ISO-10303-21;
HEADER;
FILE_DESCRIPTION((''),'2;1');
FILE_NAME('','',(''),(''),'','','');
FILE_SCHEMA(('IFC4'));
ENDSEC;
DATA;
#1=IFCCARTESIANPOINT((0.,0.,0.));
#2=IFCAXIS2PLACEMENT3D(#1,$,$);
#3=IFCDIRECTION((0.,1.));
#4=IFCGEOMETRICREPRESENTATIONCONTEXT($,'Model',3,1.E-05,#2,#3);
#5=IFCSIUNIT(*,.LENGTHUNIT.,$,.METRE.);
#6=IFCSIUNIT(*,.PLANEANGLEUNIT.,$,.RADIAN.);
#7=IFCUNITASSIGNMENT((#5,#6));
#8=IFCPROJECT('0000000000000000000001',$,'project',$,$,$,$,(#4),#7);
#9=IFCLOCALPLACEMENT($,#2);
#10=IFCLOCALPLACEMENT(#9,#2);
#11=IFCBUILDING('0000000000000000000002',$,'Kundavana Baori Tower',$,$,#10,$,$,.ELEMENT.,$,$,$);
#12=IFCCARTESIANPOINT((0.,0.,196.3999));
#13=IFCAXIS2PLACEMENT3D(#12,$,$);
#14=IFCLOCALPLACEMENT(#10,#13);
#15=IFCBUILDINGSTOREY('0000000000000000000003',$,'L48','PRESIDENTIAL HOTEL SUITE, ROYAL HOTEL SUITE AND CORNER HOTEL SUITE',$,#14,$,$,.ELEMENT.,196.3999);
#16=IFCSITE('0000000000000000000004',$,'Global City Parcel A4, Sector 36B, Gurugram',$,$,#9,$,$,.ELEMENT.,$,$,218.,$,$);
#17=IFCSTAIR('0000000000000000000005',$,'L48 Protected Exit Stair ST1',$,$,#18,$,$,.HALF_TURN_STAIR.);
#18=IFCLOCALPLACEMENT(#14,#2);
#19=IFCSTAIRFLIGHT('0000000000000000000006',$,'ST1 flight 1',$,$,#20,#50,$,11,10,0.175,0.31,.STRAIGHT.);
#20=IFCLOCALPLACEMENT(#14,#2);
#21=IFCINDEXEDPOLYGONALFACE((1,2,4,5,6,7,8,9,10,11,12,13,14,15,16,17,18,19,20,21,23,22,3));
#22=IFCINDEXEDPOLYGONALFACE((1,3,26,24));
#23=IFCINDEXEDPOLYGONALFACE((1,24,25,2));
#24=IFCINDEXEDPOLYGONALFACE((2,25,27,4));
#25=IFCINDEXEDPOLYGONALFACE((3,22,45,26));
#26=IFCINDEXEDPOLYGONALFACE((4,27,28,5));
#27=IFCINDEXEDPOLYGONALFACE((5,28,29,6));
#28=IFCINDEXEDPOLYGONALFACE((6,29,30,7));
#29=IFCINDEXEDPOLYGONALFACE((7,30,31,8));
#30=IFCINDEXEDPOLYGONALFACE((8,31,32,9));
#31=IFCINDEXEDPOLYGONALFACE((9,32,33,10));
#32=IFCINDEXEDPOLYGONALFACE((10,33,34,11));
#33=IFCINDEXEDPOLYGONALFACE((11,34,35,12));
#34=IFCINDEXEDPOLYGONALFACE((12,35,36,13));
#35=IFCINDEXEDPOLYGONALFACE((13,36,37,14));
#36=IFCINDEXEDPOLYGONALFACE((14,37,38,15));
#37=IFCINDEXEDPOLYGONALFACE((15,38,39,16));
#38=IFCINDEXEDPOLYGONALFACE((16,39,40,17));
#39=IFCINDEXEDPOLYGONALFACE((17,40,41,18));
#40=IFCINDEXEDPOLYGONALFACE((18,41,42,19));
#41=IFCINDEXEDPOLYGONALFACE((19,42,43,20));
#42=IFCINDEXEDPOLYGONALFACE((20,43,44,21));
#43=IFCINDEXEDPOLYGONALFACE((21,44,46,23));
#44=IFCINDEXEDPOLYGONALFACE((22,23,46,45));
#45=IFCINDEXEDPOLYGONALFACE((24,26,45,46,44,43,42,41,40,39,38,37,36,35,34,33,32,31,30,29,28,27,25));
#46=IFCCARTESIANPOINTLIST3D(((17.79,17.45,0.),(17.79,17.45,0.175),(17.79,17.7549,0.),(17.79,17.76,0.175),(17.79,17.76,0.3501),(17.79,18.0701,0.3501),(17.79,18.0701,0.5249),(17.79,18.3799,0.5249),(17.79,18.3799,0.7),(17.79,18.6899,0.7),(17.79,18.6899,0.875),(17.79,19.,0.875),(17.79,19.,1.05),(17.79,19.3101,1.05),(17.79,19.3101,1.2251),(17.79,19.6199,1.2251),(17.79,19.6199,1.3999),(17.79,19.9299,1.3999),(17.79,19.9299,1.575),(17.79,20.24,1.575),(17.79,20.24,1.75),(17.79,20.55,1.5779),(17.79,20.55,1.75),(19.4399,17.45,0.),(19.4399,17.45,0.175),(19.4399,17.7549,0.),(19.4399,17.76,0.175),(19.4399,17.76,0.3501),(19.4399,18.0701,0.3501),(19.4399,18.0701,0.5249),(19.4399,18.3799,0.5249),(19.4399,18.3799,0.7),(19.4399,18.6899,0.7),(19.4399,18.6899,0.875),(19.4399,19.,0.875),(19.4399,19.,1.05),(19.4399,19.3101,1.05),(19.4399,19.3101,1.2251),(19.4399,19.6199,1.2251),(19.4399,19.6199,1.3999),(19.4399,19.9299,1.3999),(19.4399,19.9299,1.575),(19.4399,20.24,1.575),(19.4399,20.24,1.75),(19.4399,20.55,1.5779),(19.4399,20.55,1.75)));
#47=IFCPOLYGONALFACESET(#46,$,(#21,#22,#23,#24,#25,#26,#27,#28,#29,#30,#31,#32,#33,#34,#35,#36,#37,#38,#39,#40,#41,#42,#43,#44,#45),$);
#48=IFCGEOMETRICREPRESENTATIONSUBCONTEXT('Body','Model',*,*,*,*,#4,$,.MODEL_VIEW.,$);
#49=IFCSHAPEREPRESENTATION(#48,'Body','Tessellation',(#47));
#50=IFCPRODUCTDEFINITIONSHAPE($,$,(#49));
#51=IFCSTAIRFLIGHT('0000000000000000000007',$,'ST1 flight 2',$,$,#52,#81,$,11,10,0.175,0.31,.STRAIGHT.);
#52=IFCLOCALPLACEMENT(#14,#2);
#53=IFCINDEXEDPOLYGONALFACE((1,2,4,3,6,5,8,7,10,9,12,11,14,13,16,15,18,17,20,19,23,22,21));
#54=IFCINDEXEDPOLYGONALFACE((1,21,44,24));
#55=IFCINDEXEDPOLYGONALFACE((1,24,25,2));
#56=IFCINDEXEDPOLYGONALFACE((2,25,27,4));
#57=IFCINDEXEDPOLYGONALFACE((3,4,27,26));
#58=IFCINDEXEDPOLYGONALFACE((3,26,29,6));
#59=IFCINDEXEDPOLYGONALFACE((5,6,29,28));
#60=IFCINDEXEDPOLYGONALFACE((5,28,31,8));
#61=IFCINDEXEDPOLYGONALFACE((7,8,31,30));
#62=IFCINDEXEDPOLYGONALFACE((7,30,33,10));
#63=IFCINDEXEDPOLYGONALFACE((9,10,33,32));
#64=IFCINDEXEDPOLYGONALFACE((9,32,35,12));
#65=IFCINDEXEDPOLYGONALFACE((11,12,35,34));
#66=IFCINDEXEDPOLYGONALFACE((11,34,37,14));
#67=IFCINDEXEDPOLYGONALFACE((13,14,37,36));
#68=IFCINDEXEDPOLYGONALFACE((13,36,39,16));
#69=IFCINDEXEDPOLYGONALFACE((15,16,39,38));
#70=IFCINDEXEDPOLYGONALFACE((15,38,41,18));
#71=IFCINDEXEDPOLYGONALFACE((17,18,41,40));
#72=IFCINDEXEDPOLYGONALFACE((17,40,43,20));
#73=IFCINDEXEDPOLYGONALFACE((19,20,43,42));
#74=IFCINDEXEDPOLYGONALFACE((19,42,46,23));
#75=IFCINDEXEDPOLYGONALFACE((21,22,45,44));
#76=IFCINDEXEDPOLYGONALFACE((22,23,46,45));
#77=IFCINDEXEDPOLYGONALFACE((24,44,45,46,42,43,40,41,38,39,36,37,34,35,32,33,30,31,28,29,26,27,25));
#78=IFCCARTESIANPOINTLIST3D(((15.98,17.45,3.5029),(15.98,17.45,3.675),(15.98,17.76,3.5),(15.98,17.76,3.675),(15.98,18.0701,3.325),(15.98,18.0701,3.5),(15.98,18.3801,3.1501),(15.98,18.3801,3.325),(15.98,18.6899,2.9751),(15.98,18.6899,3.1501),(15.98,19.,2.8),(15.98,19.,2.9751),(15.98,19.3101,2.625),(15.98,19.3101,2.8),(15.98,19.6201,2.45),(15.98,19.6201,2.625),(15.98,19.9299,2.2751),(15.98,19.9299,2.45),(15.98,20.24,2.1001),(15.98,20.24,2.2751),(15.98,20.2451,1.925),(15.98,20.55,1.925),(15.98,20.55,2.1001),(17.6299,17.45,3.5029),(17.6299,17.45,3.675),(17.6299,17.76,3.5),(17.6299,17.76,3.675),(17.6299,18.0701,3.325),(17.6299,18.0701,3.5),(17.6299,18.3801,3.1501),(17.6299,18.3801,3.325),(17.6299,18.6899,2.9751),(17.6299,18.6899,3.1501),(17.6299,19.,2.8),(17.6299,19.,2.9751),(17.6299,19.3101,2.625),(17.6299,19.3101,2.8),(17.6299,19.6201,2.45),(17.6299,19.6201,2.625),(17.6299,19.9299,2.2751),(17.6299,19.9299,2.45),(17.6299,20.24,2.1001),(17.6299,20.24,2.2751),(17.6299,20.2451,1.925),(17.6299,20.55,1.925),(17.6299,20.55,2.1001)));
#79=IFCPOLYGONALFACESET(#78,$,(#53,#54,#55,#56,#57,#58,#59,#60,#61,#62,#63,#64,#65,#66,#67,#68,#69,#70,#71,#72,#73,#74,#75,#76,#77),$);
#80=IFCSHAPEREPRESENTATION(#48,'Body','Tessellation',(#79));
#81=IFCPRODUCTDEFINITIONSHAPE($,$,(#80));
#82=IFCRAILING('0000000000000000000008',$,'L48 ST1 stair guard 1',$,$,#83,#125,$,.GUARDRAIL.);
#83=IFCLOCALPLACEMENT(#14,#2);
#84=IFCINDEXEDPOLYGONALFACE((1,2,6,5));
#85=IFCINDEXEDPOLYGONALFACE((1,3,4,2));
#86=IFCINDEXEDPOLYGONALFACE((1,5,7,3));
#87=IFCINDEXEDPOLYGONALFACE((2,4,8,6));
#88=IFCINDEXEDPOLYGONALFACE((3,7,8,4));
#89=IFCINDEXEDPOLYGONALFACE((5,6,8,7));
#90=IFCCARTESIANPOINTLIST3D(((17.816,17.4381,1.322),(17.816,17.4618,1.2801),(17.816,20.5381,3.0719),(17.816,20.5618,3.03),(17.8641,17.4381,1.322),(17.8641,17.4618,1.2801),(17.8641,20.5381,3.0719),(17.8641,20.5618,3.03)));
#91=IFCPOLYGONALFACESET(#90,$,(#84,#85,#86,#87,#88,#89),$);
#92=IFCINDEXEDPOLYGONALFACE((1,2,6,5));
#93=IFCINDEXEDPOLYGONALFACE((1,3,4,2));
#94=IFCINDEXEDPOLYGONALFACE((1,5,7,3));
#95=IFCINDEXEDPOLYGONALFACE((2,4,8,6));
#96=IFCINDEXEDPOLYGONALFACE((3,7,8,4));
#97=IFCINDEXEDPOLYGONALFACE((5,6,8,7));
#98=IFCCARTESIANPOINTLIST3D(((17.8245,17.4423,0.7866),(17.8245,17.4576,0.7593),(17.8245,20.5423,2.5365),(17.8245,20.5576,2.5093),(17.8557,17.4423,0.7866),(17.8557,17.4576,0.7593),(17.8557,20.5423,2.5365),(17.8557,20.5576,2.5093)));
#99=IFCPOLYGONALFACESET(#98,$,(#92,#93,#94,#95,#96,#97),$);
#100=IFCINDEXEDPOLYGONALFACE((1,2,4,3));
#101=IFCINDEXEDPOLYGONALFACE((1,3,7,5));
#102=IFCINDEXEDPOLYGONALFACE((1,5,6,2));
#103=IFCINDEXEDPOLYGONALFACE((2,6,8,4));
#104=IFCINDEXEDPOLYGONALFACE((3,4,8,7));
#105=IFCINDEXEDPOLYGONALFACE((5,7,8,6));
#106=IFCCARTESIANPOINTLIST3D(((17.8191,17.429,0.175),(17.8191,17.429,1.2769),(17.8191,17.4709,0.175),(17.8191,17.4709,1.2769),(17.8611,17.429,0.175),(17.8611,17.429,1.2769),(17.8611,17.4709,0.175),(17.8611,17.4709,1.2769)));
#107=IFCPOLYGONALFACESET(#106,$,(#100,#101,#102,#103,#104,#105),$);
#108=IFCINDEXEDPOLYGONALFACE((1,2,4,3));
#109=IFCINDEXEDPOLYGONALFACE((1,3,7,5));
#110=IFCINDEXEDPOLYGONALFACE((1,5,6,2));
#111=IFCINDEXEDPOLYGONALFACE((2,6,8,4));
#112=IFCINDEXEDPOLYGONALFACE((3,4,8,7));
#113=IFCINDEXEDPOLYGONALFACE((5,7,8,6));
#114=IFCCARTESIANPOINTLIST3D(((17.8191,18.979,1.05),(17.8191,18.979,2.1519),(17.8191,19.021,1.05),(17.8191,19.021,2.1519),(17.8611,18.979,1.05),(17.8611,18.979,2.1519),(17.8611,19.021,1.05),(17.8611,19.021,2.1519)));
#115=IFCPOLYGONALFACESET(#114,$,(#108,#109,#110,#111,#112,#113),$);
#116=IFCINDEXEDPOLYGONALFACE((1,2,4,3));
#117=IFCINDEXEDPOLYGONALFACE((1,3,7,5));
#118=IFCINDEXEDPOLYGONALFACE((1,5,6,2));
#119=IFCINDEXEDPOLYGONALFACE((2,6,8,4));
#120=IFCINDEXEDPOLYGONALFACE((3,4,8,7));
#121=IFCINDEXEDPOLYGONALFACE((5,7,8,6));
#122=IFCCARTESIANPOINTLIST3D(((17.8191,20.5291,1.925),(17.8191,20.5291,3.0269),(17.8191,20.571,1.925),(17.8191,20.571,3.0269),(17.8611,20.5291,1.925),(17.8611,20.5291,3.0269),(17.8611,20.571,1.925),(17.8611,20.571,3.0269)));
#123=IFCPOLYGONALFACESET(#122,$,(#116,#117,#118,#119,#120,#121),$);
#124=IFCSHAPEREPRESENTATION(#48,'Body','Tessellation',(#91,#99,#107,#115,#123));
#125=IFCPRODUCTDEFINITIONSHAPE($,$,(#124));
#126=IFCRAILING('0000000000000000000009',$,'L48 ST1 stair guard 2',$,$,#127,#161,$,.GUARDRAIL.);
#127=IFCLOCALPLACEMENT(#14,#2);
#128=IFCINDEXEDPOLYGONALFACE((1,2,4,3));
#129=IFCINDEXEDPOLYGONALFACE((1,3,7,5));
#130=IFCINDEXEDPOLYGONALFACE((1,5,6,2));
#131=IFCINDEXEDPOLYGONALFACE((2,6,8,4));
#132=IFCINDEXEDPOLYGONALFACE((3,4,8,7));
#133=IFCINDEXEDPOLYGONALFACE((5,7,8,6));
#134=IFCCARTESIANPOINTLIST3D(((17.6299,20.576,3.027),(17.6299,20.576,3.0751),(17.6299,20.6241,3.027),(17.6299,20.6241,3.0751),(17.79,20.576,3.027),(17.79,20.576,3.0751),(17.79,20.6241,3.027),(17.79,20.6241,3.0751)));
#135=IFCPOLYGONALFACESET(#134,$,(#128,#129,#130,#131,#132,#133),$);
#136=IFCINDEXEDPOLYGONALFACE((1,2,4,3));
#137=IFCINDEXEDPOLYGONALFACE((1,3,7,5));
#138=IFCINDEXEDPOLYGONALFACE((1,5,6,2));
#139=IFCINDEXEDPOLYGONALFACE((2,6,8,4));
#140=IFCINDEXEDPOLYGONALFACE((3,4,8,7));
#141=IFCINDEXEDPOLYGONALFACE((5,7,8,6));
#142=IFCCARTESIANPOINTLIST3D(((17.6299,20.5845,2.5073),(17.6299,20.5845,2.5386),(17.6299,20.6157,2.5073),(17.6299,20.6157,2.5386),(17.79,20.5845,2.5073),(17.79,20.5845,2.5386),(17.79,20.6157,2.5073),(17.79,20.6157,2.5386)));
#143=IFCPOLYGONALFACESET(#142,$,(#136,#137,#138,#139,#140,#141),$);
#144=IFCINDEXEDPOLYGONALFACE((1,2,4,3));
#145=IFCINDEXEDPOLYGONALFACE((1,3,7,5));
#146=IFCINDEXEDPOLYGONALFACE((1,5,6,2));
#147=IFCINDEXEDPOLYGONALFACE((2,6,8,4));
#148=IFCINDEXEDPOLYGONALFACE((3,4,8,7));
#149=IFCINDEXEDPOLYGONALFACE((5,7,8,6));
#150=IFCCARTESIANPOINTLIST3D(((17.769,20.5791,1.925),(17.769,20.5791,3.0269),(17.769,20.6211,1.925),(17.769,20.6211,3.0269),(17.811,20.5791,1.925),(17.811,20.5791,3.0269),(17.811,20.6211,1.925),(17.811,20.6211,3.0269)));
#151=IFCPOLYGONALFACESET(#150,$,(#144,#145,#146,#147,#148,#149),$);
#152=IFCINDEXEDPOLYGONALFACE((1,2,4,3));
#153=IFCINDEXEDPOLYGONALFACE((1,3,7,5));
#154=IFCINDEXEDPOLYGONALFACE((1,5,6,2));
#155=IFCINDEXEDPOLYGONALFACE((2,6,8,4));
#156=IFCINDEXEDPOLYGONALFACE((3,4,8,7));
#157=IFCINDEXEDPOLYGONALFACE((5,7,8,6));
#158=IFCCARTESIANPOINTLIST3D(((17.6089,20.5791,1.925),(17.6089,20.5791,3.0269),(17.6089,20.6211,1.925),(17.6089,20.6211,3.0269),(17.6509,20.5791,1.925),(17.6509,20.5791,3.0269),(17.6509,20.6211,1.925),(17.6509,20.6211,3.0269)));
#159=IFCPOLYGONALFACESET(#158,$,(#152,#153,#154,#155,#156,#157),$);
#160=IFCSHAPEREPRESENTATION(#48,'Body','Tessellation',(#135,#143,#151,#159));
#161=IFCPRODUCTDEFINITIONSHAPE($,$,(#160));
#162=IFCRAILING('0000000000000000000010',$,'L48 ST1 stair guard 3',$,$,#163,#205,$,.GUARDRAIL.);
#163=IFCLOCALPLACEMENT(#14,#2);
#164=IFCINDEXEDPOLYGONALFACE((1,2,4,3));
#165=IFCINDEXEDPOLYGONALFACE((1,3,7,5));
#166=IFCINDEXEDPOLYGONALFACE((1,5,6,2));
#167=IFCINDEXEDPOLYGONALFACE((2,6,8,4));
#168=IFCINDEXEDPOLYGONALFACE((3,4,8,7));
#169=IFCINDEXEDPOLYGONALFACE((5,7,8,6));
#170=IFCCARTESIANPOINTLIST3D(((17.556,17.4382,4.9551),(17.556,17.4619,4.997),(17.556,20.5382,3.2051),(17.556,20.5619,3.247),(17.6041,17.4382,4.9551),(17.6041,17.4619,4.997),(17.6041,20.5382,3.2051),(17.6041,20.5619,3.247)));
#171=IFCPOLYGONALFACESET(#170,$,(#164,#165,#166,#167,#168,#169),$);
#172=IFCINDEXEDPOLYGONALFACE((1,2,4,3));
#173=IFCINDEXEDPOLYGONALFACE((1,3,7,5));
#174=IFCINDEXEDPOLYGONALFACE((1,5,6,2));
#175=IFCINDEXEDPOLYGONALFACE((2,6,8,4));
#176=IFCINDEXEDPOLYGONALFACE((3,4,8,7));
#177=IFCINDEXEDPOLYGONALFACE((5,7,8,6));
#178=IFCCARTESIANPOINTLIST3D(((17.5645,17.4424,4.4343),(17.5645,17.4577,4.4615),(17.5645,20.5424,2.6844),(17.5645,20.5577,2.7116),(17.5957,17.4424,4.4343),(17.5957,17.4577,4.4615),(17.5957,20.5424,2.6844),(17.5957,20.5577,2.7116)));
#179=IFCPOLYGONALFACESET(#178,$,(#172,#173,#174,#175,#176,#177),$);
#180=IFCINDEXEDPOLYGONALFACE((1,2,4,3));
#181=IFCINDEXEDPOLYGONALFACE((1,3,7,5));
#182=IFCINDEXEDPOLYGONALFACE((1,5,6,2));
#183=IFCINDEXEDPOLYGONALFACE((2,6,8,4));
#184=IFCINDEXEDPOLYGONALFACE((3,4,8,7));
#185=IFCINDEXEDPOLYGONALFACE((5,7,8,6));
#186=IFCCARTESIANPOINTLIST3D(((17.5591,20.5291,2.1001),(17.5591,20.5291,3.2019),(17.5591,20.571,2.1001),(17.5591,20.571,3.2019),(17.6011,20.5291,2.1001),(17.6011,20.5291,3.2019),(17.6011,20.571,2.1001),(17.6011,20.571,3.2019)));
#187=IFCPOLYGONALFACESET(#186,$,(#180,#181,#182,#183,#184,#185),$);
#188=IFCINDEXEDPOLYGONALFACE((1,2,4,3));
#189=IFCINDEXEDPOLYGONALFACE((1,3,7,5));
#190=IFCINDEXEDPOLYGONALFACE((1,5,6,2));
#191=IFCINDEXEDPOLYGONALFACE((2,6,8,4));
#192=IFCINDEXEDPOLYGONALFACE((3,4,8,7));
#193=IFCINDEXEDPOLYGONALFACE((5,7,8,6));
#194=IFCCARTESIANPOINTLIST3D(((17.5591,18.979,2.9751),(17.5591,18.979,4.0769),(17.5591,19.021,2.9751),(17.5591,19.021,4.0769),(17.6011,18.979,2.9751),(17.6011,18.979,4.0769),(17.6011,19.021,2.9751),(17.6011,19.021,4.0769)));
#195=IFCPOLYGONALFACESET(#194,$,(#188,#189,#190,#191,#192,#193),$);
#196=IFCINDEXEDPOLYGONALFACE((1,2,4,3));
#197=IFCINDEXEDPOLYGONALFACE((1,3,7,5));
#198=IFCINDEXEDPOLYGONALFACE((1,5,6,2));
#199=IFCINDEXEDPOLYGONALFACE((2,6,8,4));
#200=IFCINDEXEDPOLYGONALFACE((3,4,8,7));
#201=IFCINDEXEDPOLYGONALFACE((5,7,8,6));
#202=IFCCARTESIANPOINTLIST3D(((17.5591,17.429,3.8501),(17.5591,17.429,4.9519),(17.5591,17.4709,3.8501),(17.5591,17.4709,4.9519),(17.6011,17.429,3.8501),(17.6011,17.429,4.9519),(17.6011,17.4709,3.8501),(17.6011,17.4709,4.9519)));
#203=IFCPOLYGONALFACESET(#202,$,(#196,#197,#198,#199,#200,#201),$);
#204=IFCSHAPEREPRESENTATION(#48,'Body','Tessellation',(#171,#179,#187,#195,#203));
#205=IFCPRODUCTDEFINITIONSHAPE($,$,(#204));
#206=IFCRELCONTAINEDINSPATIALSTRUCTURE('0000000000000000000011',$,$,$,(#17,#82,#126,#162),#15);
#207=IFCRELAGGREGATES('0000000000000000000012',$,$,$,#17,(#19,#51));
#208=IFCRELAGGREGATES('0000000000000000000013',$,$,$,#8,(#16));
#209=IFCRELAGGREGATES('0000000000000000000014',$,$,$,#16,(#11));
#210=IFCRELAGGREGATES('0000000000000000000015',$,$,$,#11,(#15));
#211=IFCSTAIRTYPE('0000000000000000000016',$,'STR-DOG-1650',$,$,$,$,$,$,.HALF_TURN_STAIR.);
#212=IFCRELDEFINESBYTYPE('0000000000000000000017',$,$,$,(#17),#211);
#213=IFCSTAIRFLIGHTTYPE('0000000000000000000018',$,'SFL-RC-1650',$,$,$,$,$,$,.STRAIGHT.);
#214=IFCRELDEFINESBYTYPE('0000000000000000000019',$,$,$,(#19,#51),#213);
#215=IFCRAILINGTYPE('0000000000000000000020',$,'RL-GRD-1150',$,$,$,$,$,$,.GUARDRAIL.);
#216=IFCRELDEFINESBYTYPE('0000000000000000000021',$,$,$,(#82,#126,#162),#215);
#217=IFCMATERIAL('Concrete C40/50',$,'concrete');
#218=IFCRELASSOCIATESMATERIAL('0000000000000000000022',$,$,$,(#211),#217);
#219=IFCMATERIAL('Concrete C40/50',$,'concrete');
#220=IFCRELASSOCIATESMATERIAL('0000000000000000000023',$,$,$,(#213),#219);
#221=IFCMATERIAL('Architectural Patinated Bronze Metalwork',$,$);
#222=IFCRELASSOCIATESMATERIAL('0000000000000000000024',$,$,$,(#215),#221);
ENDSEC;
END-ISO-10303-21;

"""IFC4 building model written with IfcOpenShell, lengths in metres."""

from ifc_helpers import new_model, si_unit, direction, frame, origin, origin_2d, place, context, subcontext, project, spatial, polyline, rectangle, outline, extrude, material, type_object, element, aggregate, save


model = new_model("IFC4")

# Units and contexts
model_context = context("Model", 3, precision=1e-05, world=origin(), true_north=direction((0.0, 1.0)))
body_context = subcontext(model_context, "Body", "Model", "MODEL_VIEW")
ifc_project = project(units=[si_unit("LENGTHUNIT", "METRE"), si_unit("PLANEANGLEUNIT", "RADIAN")], contexts=[model_context])

# Site, building, storey
site_placement = place(None, origin())
site = spatial("IfcSite", under=ifc_project, at=site_placement, Name="Global City Parcel A4, Sector 36B, Gurugram", CompositionType="ELEMENT", RefElevation=218.0)
building_placement = place(site_placement, origin())
building = spatial("IfcBuilding", under=site, at=building_placement, Name="Kundavana Baori Tower", CompositionType="ELEMENT")
storey_placement = place(building_placement, frame((0.0, 0.0, 196.3999)))
storey = spatial("IfcBuildingStorey", under=building, at=storey_placement, Name="L48", Description="PRESIDENTIAL HOTEL SUITE, ROYAL HOTEL SUITE AND CORNER HOTEL SUITE", CompositionType="ELEMENT", Elevation=196.3999)

# Stair, stair flights
ifc_material_1 = material(Name="Concrete C40/50", Category="concrete")
stair_type = type_object("IfcStairType", Name="STR-DOG-1650", PredefinedType="HALF_TURN_STAIR", material=ifc_material_1)
stair_placement = place(storey_placement, origin())
stair = element("IfcStair", 1, at=stair_placement, inside=storey, type_object=stair_type, Name="L48 Protected Exit Stair ST1", PredefinedType="HALF_TURN_STAIR")
ifc_material_2 = material(Name="Concrete C40/50", Category="concrete")
stair_flight_type = type_object("IfcStairFlightType", Name="SFL-RC-1650", PredefinedType="STRAIGHT", material=ifc_material_2)
stair_flight_1_placement = place(storey_placement, frame((18.615, 17.45, 0.0), z_axis=(0.0, 0.0, 1.0), x_axis=(0.0, 1.0, 0.0)))
stair_flight_1 = element("IfcStairFlight", 2, at=stair_flight_1_placement, type_object=stair_flight_type, Name="ST1 flight 1", NumberOfRisers=11, NumberOfTreads=10, PredefinedType="STRAIGHT", RiserHeight=0.175, TreadLength=0.31, context=body_context, shape_type="SweptSolid", body=[
    extrude(outline(polyline([(0.0, 0.0), (0.0, 0.175), (0.3101, 0.175), (0.3101, 0.3501), (0.6201, 0.3501), (0.6201, 0.5249), (0.9299, 0.5249), (0.9299, 0.7), (1.24, 0.7), (1.24, 0.875), (1.55, 0.875), (1.55, 1.05), (1.8601, 1.05), (1.8601, 1.2251), (2.1699, 1.2251), (2.1699, 1.3999), (2.48, 1.3999), (2.48, 1.575), (2.79, 1.575), (2.79, 1.75), (3.1001, 1.75), (3.1001, 1.925), (3.1001, 1.5779), (0.3049, 0.0), (0.0, 0.0)])), frame((0.0, 0.825, 0.0), z_axis=(0.0, -1.0, 0.0), x_axis=(1.0, 0.0, 0.0)), (0.0, 0.0, 1.0), 1.6499),
])
stair_flight_2_placement = place(storey_placement, frame((16.8049, 20.55, 1.925), z_axis=(0.0, 0.0, 1.0), x_axis=(0.0, -1.0, 0.0)))
stair_flight_2 = element("IfcStairFlight", 3, at=stair_flight_2_placement, type_object=stair_flight_type, Name="ST1 flight 2", NumberOfRisers=11, NumberOfTreads=10, PredefinedType="STRAIGHT", RiserHeight=0.175, TreadLength=0.31, context=body_context, shape_type="SweptSolid", body=[
    extrude(outline(polyline([(0.0, 0.0), (0.0, 0.175), (0.3101, 0.175), (0.3101, 0.3501), (0.6201, 0.3501), (0.6201, 0.5249), (0.9299, 0.5249), (0.9299, 0.7), (1.24, 0.7), (1.24, 0.875), (1.55, 0.875), (1.55, 1.05), (1.8601, 1.05), (1.8601, 1.2251), (2.1699, 1.2251), (2.1699, 1.3999), (2.48, 1.3999), (2.48, 1.575), (2.79, 1.575), (2.79, 1.75), (3.1001, 1.75), (3.1001, 1.925), (3.1001, 1.5779), (0.3049, 0.0), (0.0, 0.0)])), frame((0.0, 0.825, 0.0), z_axis=(0.0, -1.0, 0.0), x_axis=(1.0, 0.0, 0.0)), (0.0, 0.0, 1.0), 1.6499),
])
aggregate(stair, [stair_flight_1, stair_flight_2])

# Railings
ifc_material_3 = material(Name="Architectural Patinated Bronze Metalwork")
railing_type_1 = type_object("IfcRailingType", Name="RL-GRD-1150", PredefinedType="GUARDRAIL", material=ifc_material_3)
railing_1_placement = place(storey_placement, frame((17.8401, 17.45, 0.175)))
element("IfcRailing", 4, at=railing_1_placement, inside=storey, type_object=railing_type_1, Name="L48 ST1 stair guard 1", PredefinedType="GUARDRAIL", context=body_context, shape_type="SweptSolid", body=[
    extrude(rectangle(XDim=0.0481, YDim=0.0481, at=origin_2d()), frame((0.0, 0.0, 1.126), z_axis=(0.0, 0.870831, 0.491583), x_axis=(-1.0, 0.0, 0.0)), (0.0, 0.0, 1.0), 3.5598),
    extrude(rectangle(XDim=0.0312, YDim=0.0312, at=origin_2d()), frame((0.0, 0.0, 0.5979), z_axis=(0.0, 0.870831, 0.491583), x_axis=(-1.0, 0.0, 0.0)), (0.0, 0.0, 1.0), 3.5598),
    extrude(rectangle(XDim=0.042, YDim=0.042, at=origin_2d()), origin(), (0.0, 0.0, 1.0), 1.1018),
    extrude(rectangle(XDim=0.042, YDim=0.042, at=origin_2d()), frame((0.0, 1.55, 0.875)), (0.0, 0.0, 1.0), 1.1018),
    extrude(rectangle(XDim=0.042, YDim=0.042, at=origin_2d()), frame((0.0, 3.1001, 1.75)), (0.0, 0.0, 1.0), 1.1018),
])
railing_2_placement = place(storey_placement, frame((17.79, 20.6001, 1.925)))
element("IfcRailing", 5, at=railing_2_placement, inside=storey, type_object=railing_type_1, Name="L48 ST1 stair guard 2", PredefinedType="GUARDRAIL", context=body_context, shape_type="SweptSolid", body=[
    extrude(rectangle(XDim=0.0481, YDim=0.0481, at=origin_2d()), frame((0.0, 0.0, 1.126), z_axis=(-1.0, 0.0, 0.0), x_axis=(0.0, -1.0, 0.0)), (0.0, 0.0, 1.0), 0.1602),
    extrude(rectangle(XDim=0.0312, YDim=0.0312, at=origin_2d()), frame((0.0, 0.0, 0.5979), z_axis=(-1.0, 0.0, 0.0), x_axis=(0.0, -1.0, 0.0)), (0.0, 0.0, 1.0), 0.1602),
    extrude(rectangle(XDim=0.042, YDim=0.042, at=origin_2d()), origin(), (0.0, 0.0, 1.0), 1.1018),
    extrude(rectangle(XDim=0.042, YDim=0.042, at=origin_2d()), frame((-0.1602, 0.0, 0.0)), (0.0, 0.0, 1.0), 1.1018),
])
railing_3_placement = place(storey_placement, frame((17.5801, 20.55, 2.1001)))
element("IfcRailing", 6, at=railing_3_placement, inside=storey, type_object=railing_type_1, Name="L48 ST1 stair guard 3", PredefinedType="GUARDRAIL", context=body_context, shape_type="SweptSolid", body=[
    extrude(rectangle(XDim=0.0481, YDim=0.0481, at=origin_2d()), frame((0.0, 0.0, 1.126), z_axis=(0.0, -0.870831, 0.491583), x_axis=(1.0, 0.0, 0.0)), (0.0, 0.0, 1.0), 3.5598),
    extrude(rectangle(XDim=0.0312, YDim=0.0312, at=origin_2d()), frame((0.0, 0.0, 0.5979), z_axis=(0.0, -0.870831, 0.491583), x_axis=(1.0, 0.0, 0.0)), (0.0, 0.0, 1.0), 3.5598),
    extrude(rectangle(XDim=0.042, YDim=0.042, at=origin_2d()), origin(), (0.0, 0.0, 1.0), 1.1018),
    extrude(rectangle(XDim=0.042, YDim=0.042, at=origin_2d()), frame((0.0, -1.55, 0.875)), (0.0, 0.0, 1.0), 1.1018),
    extrude(rectangle(XDim=0.042, YDim=0.042, at=origin_2d()), frame((0.0, -3.1001, 1.75)), (0.0, 0.0, 1.0), 1.1018),
])

save(model, "model.ifc")
